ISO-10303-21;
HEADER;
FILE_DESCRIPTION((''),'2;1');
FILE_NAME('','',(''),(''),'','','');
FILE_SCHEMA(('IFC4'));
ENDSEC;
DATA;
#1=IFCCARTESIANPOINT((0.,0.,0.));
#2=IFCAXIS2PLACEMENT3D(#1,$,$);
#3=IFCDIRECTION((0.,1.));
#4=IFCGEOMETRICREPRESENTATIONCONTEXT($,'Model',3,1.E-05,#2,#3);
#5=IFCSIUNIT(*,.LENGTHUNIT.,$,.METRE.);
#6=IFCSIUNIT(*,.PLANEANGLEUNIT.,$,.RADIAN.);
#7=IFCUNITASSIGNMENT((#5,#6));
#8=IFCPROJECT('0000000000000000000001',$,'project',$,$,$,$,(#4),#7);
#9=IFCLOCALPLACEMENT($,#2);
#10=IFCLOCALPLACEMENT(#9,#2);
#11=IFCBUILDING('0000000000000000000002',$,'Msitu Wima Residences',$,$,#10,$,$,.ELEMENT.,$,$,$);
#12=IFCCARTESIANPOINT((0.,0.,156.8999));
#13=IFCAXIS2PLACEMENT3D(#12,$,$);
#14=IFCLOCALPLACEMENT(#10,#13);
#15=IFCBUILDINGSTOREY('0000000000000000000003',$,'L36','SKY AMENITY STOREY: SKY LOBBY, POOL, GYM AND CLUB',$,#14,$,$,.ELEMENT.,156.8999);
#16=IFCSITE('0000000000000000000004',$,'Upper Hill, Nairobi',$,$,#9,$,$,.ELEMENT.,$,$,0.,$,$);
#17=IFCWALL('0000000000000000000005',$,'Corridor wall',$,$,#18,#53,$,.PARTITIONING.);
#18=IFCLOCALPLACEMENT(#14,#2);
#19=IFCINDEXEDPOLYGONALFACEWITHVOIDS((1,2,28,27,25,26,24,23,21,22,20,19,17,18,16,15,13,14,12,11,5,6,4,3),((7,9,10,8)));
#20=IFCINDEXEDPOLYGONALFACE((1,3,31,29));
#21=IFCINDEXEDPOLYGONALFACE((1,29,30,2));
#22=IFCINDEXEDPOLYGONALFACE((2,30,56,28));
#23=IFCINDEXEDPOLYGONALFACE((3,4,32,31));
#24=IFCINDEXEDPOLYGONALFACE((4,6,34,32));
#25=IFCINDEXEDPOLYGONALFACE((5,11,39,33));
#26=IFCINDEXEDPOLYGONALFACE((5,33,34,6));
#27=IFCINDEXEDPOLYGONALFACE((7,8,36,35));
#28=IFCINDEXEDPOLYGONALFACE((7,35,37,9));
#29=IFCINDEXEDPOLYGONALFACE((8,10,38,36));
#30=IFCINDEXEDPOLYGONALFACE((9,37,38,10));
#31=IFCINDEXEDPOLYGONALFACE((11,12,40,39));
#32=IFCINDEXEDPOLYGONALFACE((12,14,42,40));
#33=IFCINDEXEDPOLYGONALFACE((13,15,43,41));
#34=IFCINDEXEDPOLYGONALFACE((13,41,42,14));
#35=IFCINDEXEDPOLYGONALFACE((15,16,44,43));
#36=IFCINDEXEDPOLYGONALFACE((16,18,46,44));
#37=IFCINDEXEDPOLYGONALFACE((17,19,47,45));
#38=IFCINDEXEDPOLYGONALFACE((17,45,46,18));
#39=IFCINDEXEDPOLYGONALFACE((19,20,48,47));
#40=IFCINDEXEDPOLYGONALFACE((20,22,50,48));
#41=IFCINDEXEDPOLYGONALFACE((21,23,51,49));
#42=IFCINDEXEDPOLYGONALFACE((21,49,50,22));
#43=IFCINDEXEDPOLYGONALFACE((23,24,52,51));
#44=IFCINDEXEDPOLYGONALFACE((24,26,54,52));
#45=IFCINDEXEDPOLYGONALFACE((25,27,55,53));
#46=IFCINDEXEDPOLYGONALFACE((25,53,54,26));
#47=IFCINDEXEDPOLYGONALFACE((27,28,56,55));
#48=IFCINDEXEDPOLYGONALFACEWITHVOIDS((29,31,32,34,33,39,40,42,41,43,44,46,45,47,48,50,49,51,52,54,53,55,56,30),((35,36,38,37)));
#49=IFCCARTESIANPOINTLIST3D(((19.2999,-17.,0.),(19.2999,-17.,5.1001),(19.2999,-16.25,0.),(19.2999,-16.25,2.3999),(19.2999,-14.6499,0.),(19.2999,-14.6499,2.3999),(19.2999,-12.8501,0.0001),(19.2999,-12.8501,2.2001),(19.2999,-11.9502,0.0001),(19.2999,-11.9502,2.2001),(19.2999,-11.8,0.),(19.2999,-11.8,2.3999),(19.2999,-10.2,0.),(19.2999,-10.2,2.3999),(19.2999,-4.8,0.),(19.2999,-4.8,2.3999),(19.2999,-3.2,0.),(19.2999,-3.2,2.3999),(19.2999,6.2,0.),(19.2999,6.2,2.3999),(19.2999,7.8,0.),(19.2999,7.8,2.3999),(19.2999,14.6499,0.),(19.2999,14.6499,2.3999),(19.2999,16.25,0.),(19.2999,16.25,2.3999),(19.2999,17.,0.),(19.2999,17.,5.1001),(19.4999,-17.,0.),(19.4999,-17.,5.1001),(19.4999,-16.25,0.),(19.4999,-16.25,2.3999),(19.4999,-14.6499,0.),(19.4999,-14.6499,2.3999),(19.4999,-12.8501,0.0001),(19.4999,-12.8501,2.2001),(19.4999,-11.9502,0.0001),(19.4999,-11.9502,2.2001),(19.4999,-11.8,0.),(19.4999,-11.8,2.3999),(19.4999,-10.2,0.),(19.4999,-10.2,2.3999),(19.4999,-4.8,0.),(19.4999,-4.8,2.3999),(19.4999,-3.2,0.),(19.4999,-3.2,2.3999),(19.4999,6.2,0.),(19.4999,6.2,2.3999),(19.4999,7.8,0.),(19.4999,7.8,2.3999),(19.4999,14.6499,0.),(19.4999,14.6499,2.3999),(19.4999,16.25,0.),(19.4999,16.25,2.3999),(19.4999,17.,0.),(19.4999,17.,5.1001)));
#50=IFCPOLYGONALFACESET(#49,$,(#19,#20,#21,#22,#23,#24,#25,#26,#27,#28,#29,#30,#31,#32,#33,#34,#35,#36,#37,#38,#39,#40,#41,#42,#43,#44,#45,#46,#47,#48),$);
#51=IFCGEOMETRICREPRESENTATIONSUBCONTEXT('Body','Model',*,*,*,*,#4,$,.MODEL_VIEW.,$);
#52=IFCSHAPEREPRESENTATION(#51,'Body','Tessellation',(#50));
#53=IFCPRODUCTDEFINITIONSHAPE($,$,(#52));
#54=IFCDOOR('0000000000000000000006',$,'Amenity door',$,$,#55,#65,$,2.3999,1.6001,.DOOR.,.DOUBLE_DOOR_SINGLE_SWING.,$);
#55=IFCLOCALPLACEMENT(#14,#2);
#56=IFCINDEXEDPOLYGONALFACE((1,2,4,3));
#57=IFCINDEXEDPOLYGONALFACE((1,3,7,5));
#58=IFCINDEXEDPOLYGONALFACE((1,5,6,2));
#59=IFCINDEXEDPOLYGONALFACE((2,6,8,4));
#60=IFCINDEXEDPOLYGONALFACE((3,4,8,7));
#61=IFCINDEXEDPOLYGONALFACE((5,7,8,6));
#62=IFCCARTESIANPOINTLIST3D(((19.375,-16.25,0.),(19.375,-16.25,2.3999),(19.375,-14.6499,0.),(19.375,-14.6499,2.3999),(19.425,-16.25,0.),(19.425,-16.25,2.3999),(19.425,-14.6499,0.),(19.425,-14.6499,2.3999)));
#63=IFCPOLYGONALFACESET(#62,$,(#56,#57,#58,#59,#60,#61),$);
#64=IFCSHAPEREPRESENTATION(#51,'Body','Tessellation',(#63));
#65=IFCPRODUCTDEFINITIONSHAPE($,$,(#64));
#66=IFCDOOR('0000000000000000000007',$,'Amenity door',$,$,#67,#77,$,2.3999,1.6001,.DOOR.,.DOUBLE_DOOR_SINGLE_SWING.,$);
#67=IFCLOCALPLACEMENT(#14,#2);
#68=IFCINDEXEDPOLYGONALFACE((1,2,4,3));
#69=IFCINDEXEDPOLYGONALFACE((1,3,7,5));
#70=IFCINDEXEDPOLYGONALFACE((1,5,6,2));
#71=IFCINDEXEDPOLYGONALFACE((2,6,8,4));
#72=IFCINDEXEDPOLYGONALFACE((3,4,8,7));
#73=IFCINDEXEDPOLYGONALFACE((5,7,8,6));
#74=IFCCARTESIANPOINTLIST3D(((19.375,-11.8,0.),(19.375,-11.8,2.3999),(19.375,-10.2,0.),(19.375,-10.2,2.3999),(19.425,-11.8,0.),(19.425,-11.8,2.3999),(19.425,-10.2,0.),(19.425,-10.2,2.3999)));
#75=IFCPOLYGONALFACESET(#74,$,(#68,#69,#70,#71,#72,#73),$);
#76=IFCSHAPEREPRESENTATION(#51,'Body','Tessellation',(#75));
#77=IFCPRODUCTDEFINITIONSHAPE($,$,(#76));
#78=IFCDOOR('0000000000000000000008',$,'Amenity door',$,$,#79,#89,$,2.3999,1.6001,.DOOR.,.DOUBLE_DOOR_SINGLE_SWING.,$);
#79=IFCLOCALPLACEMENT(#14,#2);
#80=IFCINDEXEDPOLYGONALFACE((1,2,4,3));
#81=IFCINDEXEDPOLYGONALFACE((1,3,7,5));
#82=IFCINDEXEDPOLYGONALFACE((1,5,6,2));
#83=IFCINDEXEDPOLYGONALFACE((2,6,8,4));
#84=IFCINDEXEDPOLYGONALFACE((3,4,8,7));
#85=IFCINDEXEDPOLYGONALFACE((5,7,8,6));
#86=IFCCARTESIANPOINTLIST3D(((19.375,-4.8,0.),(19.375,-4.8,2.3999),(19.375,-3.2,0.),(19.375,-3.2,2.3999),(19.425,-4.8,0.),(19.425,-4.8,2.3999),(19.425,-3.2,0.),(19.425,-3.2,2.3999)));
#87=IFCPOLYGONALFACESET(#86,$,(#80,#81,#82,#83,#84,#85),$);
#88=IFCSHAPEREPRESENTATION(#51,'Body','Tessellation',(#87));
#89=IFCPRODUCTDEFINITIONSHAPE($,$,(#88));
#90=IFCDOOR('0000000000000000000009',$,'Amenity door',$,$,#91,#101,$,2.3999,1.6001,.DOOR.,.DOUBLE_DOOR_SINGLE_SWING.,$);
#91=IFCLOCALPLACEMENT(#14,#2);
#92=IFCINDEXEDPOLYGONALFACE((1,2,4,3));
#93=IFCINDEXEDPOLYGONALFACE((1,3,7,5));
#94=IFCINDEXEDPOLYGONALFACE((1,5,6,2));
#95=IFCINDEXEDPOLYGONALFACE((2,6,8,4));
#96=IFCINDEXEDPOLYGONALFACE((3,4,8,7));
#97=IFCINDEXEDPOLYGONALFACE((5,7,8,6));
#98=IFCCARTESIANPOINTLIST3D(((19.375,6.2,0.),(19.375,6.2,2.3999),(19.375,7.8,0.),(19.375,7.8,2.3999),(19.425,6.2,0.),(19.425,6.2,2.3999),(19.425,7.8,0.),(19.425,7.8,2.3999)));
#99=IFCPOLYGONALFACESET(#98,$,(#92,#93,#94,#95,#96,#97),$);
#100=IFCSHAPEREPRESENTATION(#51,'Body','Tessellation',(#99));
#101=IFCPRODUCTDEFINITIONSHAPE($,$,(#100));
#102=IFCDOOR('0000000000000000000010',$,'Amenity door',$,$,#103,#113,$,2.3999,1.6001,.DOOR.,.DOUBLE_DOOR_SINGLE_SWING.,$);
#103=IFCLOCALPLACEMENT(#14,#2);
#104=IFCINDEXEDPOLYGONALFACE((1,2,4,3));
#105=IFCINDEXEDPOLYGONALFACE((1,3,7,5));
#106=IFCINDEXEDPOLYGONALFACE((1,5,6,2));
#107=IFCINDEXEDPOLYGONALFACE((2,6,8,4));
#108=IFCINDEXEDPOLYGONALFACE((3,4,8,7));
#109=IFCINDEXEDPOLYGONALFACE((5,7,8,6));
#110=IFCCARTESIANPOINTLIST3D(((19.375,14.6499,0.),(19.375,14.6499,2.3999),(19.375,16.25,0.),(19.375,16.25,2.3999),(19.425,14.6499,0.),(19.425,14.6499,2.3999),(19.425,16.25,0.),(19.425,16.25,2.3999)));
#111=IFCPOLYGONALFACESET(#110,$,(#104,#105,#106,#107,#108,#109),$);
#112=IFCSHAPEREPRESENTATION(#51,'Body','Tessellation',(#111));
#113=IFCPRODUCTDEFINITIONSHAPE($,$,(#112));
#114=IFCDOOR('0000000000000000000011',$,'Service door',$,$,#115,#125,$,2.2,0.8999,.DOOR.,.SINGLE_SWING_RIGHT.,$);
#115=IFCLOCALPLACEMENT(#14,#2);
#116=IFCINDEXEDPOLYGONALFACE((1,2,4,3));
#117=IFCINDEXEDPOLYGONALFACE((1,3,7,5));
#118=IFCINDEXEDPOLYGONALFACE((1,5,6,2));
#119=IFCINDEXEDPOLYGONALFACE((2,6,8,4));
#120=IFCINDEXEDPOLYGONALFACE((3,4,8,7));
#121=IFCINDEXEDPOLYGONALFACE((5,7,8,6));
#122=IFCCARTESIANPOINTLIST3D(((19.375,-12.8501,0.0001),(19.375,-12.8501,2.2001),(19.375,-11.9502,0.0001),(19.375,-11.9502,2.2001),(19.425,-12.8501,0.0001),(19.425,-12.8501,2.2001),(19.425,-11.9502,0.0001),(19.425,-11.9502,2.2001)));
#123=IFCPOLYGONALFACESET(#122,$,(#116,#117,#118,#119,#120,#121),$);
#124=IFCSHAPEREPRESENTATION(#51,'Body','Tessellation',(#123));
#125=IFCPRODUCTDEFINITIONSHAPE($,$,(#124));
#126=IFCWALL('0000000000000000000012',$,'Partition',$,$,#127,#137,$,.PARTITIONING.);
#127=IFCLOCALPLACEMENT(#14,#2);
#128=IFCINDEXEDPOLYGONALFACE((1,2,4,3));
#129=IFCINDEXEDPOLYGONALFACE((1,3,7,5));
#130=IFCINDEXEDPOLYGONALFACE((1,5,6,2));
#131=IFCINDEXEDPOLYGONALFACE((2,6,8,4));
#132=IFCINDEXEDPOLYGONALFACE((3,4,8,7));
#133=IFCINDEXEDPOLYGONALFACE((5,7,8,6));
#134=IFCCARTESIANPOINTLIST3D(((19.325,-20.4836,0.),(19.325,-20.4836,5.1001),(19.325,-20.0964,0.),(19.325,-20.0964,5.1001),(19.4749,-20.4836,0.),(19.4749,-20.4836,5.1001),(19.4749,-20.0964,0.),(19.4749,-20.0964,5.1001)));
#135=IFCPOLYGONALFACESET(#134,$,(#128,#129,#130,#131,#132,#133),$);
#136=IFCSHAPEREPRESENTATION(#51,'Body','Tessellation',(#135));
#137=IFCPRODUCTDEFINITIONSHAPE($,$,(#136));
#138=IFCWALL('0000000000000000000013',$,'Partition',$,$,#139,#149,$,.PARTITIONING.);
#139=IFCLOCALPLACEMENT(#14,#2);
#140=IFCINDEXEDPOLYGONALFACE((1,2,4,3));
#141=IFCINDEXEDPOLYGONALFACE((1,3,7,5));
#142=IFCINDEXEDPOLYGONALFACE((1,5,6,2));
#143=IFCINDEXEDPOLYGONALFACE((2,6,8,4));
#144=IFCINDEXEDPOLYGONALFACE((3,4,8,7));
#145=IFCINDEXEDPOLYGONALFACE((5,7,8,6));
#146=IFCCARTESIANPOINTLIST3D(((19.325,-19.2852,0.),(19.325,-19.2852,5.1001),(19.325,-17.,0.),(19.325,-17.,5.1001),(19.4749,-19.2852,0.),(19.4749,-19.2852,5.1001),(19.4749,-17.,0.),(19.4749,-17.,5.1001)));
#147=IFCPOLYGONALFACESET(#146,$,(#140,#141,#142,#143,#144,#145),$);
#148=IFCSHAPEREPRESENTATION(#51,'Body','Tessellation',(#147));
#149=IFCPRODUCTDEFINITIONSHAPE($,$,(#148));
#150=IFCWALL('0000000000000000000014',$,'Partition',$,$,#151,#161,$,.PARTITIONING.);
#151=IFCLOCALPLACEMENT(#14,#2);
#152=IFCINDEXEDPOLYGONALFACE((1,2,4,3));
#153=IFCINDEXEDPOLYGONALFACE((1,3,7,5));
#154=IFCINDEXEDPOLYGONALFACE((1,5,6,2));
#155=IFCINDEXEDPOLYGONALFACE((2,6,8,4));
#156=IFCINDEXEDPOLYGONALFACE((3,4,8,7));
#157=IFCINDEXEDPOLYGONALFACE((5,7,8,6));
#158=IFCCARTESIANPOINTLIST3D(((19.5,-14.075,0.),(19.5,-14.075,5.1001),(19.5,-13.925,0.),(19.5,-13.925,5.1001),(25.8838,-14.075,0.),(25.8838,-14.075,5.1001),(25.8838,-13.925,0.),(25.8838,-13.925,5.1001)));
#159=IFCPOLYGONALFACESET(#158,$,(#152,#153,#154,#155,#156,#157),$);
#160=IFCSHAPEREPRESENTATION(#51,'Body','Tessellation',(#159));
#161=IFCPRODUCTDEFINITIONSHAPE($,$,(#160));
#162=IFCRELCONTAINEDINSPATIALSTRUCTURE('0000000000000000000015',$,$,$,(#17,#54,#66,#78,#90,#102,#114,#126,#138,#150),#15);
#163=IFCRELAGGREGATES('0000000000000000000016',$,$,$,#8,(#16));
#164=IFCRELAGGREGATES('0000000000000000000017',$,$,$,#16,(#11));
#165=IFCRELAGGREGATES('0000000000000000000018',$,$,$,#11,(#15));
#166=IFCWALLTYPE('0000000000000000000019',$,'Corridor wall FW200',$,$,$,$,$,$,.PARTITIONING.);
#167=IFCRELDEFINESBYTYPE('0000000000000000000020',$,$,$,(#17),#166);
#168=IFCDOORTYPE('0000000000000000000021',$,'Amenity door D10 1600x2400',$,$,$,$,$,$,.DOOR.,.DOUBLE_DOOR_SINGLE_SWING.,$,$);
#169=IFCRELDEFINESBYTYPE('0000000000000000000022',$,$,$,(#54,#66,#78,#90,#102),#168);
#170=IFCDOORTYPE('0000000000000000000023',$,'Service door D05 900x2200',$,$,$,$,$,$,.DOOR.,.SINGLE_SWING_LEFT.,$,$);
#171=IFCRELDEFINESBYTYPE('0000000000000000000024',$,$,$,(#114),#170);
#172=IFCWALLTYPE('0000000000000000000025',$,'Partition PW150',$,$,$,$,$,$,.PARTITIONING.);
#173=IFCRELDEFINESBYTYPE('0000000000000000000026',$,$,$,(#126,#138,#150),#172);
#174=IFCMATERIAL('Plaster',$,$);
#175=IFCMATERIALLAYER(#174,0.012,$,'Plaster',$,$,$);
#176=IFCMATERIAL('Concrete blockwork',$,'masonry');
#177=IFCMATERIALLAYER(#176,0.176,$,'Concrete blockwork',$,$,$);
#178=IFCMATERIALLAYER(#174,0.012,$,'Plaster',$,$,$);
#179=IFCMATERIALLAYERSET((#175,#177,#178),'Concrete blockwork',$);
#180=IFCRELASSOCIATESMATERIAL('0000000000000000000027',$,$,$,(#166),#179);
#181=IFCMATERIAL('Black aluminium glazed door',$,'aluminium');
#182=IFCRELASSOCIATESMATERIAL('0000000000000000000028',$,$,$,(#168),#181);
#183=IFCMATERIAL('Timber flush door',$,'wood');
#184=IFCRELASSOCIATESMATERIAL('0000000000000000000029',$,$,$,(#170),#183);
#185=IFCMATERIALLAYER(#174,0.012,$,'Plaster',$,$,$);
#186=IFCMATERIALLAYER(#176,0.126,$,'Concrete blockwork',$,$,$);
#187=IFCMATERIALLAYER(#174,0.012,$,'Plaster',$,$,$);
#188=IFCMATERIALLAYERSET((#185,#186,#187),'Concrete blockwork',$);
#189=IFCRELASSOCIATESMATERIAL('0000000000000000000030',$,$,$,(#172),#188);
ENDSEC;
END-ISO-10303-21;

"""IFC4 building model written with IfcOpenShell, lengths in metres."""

from ifc_helpers import new_model, si_unit, direction, frame, frame_2d, origin, place, context, subcontext, project, spatial, rectangle, extrude, material, layer, layer_set, type_object, element, fill, save


model = new_model("IFC4")

# Units and contexts
model_context = context("Model", 3, precision=1e-05, world=origin(), true_north=direction((0.0, 1.0)))
body_context = subcontext(model_context, "Body", "Model", "MODEL_VIEW")
ifc_project = project(units=[si_unit("LENGTHUNIT", "METRE"), si_unit("PLANEANGLEUNIT", "RADIAN")], contexts=[model_context])

# Site, building, storey
site_placement = place(None, origin())
site = spatial("IfcSite", under=ifc_project, at=site_placement, Name="Upper Hill, Nairobi", CompositionType="ELEMENT", RefElevation=0.0)
building_placement = place(site_placement, origin())
building = spatial("IfcBuilding", under=site, at=building_placement, Name="Msitu Wima Residences", CompositionType="ELEMENT")
storey_placement = place(building_placement, frame((0.0, 0.0, 156.8999)))
storey = spatial("IfcBuildingStorey", under=building, at=storey_placement, Name="L36", Description="SKY AMENITY STOREY: SKY LOBBY, POOL, GYM AND CLUB", CompositionType="ELEMENT", Elevation=156.8999)

# Wall, openings, doors
ifc_material_1 = material(Name="Plaster")
ifc_layer_1 = layer(ifc_material_1, 0.012, Name="Plaster")
ifc_material_2 = material(Name="Concrete blockwork", Category="masonry")
ifc_layer_2 = layer(ifc_material_2, 0.176, Name="Concrete blockwork")
ifc_layer_3 = layer(ifc_material_1, 0.012, Name="Plaster")
ifc_layer_set_1 = layer_set([ifc_layer_1, ifc_layer_2, ifc_layer_3], Name="Concrete blockwork")
wall_type_1 = type_object("IfcWallType", Name="Corridor wall FW200", PredefinedType="PARTITIONING", material=ifc_layer_set_1)
wall_1_placement = place(storey_placement, frame((19.3999, -17.0, 0.0), z_axis=(0.0, 0.0, 1.0), x_axis=(0.0, 1.0, 0.0)))
wall_1 = element("IfcWall", 1, at=wall_1_placement, inside=storey, type_object=wall_type_1, Name="Corridor wall", PredefinedType="PARTITIONING", context=body_context, shape_type="SweptSolid", body=[
    extrude(rectangle(XDim=34.0, YDim=0.2, at=frame_2d((17.0, 0.0))), origin(), (0.0, 0.0, 1.0), 5.1001),
])
opening_1_placement = place(wall_1_placement, frame((0.75, 0.0, 0.0)))
opening_1 = element("IfcOpeningElement", 2, at=opening_1_placement, cuts=wall_1, PredefinedType="OPENING", context=body_context, shape_type="SweptSolid", body=[
    extrude(rectangle(XDim=1.6001, YDim=2.3999, at=frame_2d((0.8, 1.2))), frame((0.0, 0.1099, 0.0), z_axis=(0.0, -1.0, 0.0), x_axis=(1.0, 0.0, 0.0)), (0.0, 0.0, 1.0), 0.22),
])
opening_2_placement = place(wall_1_placement, frame((5.2, 0.0, 0.0)))
opening_2 = element("IfcOpeningElement", 3, at=opening_2_placement, cuts=wall_1, PredefinedType="OPENING", context=body_context, shape_type="SweptSolid", body=[
    extrude(rectangle(XDim=1.6001, YDim=2.3999, at=frame_2d((0.8, 1.2))), frame((0.0, 0.1099, 0.0), z_axis=(0.0, -1.0, 0.0), x_axis=(1.0, 0.0, 0.0)), (0.0, 0.0, 1.0), 0.22),
])
opening_3_placement = place(wall_1_placement, frame((12.2, 0.0, 0.0)))
opening_3 = element("IfcOpeningElement", 4, at=opening_3_placement, cuts=wall_1, PredefinedType="OPENING", context=body_context, shape_type="SweptSolid", body=[
    extrude(rectangle(XDim=1.6001, YDim=2.3999, at=frame_2d((0.8, 1.2))), frame((0.0, 0.1099, 0.0), z_axis=(0.0, -1.0, 0.0), x_axis=(1.0, 0.0, 0.0)), (0.0, 0.0, 1.0), 0.22),
])
opening_4_placement = place(wall_1_placement, frame((23.2, 0.0, 0.0)))
opening_4 = element("IfcOpeningElement", 5, at=opening_4_placement, cuts=wall_1, PredefinedType="OPENING", context=body_context, shape_type="SweptSolid", body=[
    extrude(rectangle(XDim=1.6001, YDim=2.3999, at=frame_2d((0.8, 1.2))), frame((0.0, 0.1099, 0.0), z_axis=(0.0, -1.0, 0.0), x_axis=(1.0, 0.0, 0.0)), (0.0, 0.0, 1.0), 0.22),
])
opening_5_placement = place(wall_1_placement, frame((31.6499, 0.0, 0.0)))
opening_5 = element("IfcOpeningElement", 6, at=opening_5_placement, cuts=wall_1, PredefinedType="OPENING", context=body_context, shape_type="SweptSolid", body=[
    extrude(rectangle(XDim=1.6001, YDim=2.3999, at=frame_2d((0.8, 1.2))), frame((0.0, 0.1099, 0.0), z_axis=(0.0, -1.0, 0.0), x_axis=(1.0, 0.0, 0.0)), (0.0, 0.0, 1.0), 0.22),
])
opening_6_placement = place(wall_1_placement, frame((4.1499, 0.0, 0.0)))
opening_6 = element("IfcOpeningElement", 7, at=opening_6_placement, cuts=wall_1, PredefinedType="OPENING", context=body_context, shape_type="SweptSolid", body=[
    extrude(rectangle(XDim=0.8999, YDim=2.2, at=frame_2d((0.45, 1.1001))), frame((0.0, 0.1099, 0.0), z_axis=(0.0, -1.0, 0.0), x_axis=(1.0, 0.0, 0.0)), (0.0, 0.0, 1.0), 0.22),
])
ifc_material_3 = material(Name="Black aluminium glazed door", Category="aluminium")
door_type_1 = type_object("IfcDoorType", Name="Amenity door D10 1600x2400", OperationType="DOUBLE_DOOR_SINGLE_SWING", PredefinedType="DOOR", material=ifc_material_3)
door_1_placement = place(opening_1_placement, origin())
door_1 = element("IfcDoor", 8, at=door_1_placement, inside=storey, type_object=door_type_1, Name="Amenity door", OperationType="DOUBLE_DOOR_SINGLE_SWING", OverallHeight=2.3999, OverallWidth=1.6001, PredefinedType="DOOR", context=body_context, shape_type="SweptSolid", body=[
    extrude(rectangle(XDim=1.6001, YDim=2.3999, at=frame_2d((0.8, 1.2))), frame((0.0, 0.0249, 0.0), z_axis=(0.0, -1.0, 0.0), x_axis=(1.0, 0.0, 0.0)), (0.0, 0.0, 1.0), 0.05),
])
fill(opening_1, door_1)
door_2_placement = place(opening_2_placement, origin())
door_2 = element("IfcDoor", 9, at=door_2_placement, inside=storey, type_object=door_type_1, Name="Amenity door", OperationType="DOUBLE_DOOR_SINGLE_SWING", OverallHeight=2.3999, OverallWidth=1.6001, PredefinedType="DOOR", context=body_context, shape_type="SweptSolid", body=[
    extrude(rectangle(XDim=1.6001, YDim=2.3999, at=frame_2d((0.8, 1.2))), frame((0.0, 0.0249, 0.0), z_axis=(0.0, -1.0, 0.0), x_axis=(1.0, 0.0, 0.0)), (0.0, 0.0, 1.0), 0.05),
])
fill(opening_2, door_2)
door_3_placement = place(opening_3_placement, origin())
door_3 = element("IfcDoor", 10, at=door_3_placement, inside=storey, type_object=door_type_1, Name="Amenity door", OperationType="DOUBLE_DOOR_SINGLE_SWING", OverallHeight=2.3999, OverallWidth=1.6001, PredefinedType="DOOR", context=body_context, shape_type="SweptSolid", body=[
    extrude(rectangle(XDim=1.6001, YDim=2.3999, at=frame_2d((0.8, 1.2))), frame((0.0, 0.0249, 0.0), z_axis=(0.0, -1.0, 0.0), x_axis=(1.0, 0.0, 0.0)), (0.0, 0.0, 1.0), 0.05),
])
fill(opening_3, door_3)
door_4_placement = place(opening_4_placement, origin())
door_4 = element("IfcDoor", 11, at=door_4_placement, inside=storey, type_object=door_type_1, Name="Amenity door", OperationType="DOUBLE_DOOR_SINGLE_SWING", OverallHeight=2.3999, OverallWidth=1.6001, PredefinedType="DOOR", context=body_context, shape_type="SweptSolid", body=[
    extrude(rectangle(XDim=1.6001, YDim=2.3999, at=frame_2d((0.8, 1.2))), frame((0.0, 0.0249, 0.0), z_axis=(0.0, -1.0, 0.0), x_axis=(1.0, 0.0, 0.0)), (0.0, 0.0, 1.0), 0.05),
])
fill(opening_4, door_4)
door_5_placement = place(opening_5_placement, origin())
door_5 = element("IfcDoor", 12, at=door_5_placement, inside=storey, type_object=door_type_1, Name="Amenity door", OperationType="DOUBLE_DOOR_SINGLE_SWING", OverallHeight=2.3999, OverallWidth=1.6001, PredefinedType="DOOR", context=body_context, shape_type="SweptSolid", body=[
    extrude(rectangle(XDim=1.6001, YDim=2.3999, at=frame_2d((0.8, 1.2))), frame((0.0, 0.0249, 0.0), z_axis=(0.0, -1.0, 0.0), x_axis=(1.0, 0.0, 0.0)), (0.0, 0.0, 1.0), 0.05),
])
fill(opening_5, door_5)
ifc_material_4 = material(Name="Timber flush door", Category="wood")
door_type_2 = type_object("IfcDoorType", Name="Service door D05 900x2200", OperationType="SINGLE_SWING_LEFT", PredefinedType="DOOR", material=ifc_material_4)
door_6_placement = place(opening_6_placement, origin())
door_6 = element("IfcDoor", 13, at=door_6_placement, inside=storey, type_object=door_type_2, Name="Service door", OperationType="SINGLE_SWING_RIGHT", OverallHeight=2.2, OverallWidth=0.8999, PredefinedType="DOOR", context=body_context, shape_type="SweptSolid", body=[
    extrude(rectangle(XDim=0.8999, YDim=2.2, at=frame_2d((0.45, 1.1001))), frame((0.0, 0.0249, 0.0), z_axis=(0.0, -1.0, 0.0), x_axis=(1.0, 0.0, 0.0)), (0.0, 0.0, 1.0), 0.05),
])
fill(opening_6, door_6)

# Walls
ifc_layer_4 = layer(ifc_material_1, 0.012, Name="Plaster")
ifc_layer_5 = layer(ifc_material_2, 0.126, Name="Concrete blockwork")
ifc_layer_6 = layer(ifc_material_1, 0.012, Name="Plaster")
ifc_layer_set_2 = layer_set([ifc_layer_4, ifc_layer_5, ifc_layer_6], Name="Concrete blockwork")
wall_type_2 = type_object("IfcWallType", Name="Partition PW150", PredefinedType="PARTITIONING", material=ifc_layer_set_2)
wall_2_placement = place(storey_placement, frame((19.3999, -20.4836, 0.0), z_axis=(0.0, 0.0, 1.0), x_axis=(0.0, 1.0, 0.0)))
element("IfcWall", 14, at=wall_2_placement, inside=storey, type_object=wall_type_2, Name="Partition", PredefinedType="PARTITIONING", context=body_context, shape_type="SweptSolid", body=[
    extrude(rectangle(XDim=0.3872, YDim=0.1499, at=frame_2d((0.1936, 0.0))), origin(), (0.0, 0.0, 1.0), 5.1001),
])
wall_3_placement = place(storey_placement, frame((19.3999, -19.2852, 0.0), z_axis=(0.0, 0.0, 1.0), x_axis=(0.0, 1.0, 0.0)))
element("IfcWall", 15, at=wall_3_placement, inside=storey, type_object=wall_type_2, Name="Partition", PredefinedType="PARTITIONING", context=body_context, shape_type="SweptSolid", body=[
    extrude(rectangle(XDim=2.2852, YDim=0.1499, at=frame_2d((1.1426, 0.0))), origin(), (0.0, 0.0, 1.0), 5.1001),
])
wall_4_placement = place(storey_placement, frame((19.5, -14.0, 0.0), z_axis=(0.0, 0.0, 1.0), x_axis=(1.0, 0.0, 0.0)))
element("IfcWall", 16, at=wall_4_placement, inside=storey, type_object=wall_type_2, Name="Partition", PredefinedType="PARTITIONING", context=body_context, shape_type="SweptSolid", body=[
    extrude(rectangle(XDim=6.3838, YDim=0.1499, at=frame_2d((3.1919, 0.0))), origin(), (0.0, 0.0, 1.0), 5.1001),
])

save(model, "model.ifc")
